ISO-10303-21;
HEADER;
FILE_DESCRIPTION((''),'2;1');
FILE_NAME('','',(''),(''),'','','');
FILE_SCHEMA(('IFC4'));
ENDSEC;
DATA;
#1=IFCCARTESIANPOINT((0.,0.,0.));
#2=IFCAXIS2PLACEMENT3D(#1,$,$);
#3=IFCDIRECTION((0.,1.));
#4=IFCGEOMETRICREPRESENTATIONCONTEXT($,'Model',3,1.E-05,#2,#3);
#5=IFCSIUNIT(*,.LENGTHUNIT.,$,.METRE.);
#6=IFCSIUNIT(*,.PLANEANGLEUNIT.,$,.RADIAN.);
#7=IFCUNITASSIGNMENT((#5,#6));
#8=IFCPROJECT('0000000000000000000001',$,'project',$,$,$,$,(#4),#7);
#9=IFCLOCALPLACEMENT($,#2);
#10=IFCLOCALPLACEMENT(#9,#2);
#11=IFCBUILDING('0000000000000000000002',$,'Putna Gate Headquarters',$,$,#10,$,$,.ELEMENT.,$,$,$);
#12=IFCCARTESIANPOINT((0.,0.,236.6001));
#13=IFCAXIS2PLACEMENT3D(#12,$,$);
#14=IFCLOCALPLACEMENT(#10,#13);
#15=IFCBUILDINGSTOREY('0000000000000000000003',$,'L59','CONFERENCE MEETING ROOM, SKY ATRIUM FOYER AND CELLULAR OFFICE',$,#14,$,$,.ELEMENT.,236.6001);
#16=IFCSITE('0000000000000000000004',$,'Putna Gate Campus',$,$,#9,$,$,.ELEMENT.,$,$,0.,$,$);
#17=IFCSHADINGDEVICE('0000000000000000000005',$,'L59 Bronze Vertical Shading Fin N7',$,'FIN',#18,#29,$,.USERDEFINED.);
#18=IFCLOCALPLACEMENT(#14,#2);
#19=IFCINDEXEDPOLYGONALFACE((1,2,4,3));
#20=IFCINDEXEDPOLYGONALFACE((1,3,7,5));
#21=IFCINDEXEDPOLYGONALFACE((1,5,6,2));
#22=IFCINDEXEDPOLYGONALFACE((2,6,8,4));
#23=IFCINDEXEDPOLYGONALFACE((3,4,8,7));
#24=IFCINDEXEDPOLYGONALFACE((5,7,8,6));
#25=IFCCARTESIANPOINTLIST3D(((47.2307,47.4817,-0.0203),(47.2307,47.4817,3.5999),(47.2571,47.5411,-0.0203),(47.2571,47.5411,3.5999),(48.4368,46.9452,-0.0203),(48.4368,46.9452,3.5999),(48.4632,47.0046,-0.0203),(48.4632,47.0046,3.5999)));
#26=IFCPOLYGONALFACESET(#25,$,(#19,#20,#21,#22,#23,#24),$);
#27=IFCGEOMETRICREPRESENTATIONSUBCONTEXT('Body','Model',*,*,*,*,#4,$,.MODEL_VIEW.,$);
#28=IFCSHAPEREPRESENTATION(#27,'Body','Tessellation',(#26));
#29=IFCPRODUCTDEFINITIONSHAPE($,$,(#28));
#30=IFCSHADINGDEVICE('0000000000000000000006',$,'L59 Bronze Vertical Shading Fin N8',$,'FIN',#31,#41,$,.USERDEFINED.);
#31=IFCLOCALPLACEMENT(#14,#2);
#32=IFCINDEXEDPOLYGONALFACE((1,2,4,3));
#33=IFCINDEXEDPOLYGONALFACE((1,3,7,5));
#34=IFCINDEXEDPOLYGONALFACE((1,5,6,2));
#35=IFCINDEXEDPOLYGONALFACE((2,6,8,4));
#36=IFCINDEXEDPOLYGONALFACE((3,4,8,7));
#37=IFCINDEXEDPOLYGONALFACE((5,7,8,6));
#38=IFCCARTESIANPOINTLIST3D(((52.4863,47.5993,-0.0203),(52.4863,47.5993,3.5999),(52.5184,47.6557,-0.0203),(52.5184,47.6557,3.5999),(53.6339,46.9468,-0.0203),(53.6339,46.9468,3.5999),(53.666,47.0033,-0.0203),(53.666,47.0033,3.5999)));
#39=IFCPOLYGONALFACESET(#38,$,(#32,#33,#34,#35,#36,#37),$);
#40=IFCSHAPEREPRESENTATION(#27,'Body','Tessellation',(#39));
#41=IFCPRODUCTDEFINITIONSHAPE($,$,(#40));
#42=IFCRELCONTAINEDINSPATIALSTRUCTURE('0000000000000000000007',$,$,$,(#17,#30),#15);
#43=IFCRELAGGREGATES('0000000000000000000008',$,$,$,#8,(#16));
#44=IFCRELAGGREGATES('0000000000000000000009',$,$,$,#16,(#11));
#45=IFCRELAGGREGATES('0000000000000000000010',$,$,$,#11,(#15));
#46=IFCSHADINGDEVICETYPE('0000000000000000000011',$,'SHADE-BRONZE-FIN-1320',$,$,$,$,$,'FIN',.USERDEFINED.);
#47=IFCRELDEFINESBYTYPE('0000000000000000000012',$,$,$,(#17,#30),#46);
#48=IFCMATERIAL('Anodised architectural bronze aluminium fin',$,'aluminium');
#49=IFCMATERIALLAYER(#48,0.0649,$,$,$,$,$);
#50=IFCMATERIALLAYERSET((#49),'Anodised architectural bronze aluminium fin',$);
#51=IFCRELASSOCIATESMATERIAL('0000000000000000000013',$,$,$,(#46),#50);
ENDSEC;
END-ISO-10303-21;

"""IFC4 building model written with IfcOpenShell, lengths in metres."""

from ifc_helpers import new_model, si_unit, direction, frame, origin, origin_2d, place, context, subcontext, project, spatial, rectangle, extrude, material, layer, layer_set, type_object, element, save


model = new_model("IFC4")

# Units and contexts
model_context = context("Model", 3, precision=1e-05, world=origin(), true_north=direction((0.0, 1.0)))
body_context = subcontext(model_context, "Body", "Model", "MODEL_VIEW")
ifc_project = project(units=[si_unit("LENGTHUNIT", "METRE"), si_unit("PLANEANGLEUNIT", "RADIAN")], contexts=[model_context])

# Site, building, storey
site_placement = place(None, origin())
site = spatial("IfcSite", under=ifc_project, at=site_placement, Name="Putna Gate Campus", CompositionType="ELEMENT", RefElevation=0.0)
building_placement = place(site_placement, origin())
building = spatial("IfcBuilding", under=site, at=building_placement, Name="Putna Gate Headquarters", CompositionType="ELEMENT")
storey_placement = place(building_placement, frame((0.0, 0.0, 236.6001)))
storey = spatial("IfcBuildingStorey", under=building, at=storey_placement, Name="L59", Description="CONFERENCE MEETING ROOM, SKY ATRIUM FOYER AND CELLULAR OFFICE", CompositionType="ELEMENT", Elevation=236.6001)

# Shading devices
ifc_material_1 = material(Name="Anodised architectural bronze aluminium fin", Category="aluminium")
ifc_layer_1 = layer(ifc_material_1, 0.0649)
ifc_layer_set_1 = layer_set([ifc_layer_1], Name="Anodised architectural bronze aluminium fin")
shading_device_type = type_object("IfcShadingDeviceType", Name="SHADE-BRONZE-FIN-1320", ElementType="FIN", PredefinedType="USERDEFINED", material=ifc_layer_set_1)
for number, where, z_axis, x_axis, name in (
    (1, (47.8469, 47.2432, -0.0203), (0.0, 0.0, 1.0), (-0.913687, 0.406418, 0.0), "L59 Bronze Vertical Shading Fin N7"),
    (2, (53.0762, 47.3013, -0.0203), (0.0, 0.0, 1.0), (-0.869322, 0.494245, 0.0), "L59 Bronze Vertical Shading Fin N8"),
):
    element("IfcShadingDevice", number, at=place(storey_placement, frame(where, z_axis=z_axis, x_axis=x_axis)), inside=storey, type_object=shading_device_type, Name=name, ObjectType="FIN", PredefinedType="USERDEFINED", context=body_context, shape_type="SweptSolid", body=[
        extrude(rectangle(XDim=1.3201, YDim=0.0649, at=origin_2d()), origin(), (0.0, 0.0, 1.0), 3.6201),
    ])

save(model, "model.ifc")
